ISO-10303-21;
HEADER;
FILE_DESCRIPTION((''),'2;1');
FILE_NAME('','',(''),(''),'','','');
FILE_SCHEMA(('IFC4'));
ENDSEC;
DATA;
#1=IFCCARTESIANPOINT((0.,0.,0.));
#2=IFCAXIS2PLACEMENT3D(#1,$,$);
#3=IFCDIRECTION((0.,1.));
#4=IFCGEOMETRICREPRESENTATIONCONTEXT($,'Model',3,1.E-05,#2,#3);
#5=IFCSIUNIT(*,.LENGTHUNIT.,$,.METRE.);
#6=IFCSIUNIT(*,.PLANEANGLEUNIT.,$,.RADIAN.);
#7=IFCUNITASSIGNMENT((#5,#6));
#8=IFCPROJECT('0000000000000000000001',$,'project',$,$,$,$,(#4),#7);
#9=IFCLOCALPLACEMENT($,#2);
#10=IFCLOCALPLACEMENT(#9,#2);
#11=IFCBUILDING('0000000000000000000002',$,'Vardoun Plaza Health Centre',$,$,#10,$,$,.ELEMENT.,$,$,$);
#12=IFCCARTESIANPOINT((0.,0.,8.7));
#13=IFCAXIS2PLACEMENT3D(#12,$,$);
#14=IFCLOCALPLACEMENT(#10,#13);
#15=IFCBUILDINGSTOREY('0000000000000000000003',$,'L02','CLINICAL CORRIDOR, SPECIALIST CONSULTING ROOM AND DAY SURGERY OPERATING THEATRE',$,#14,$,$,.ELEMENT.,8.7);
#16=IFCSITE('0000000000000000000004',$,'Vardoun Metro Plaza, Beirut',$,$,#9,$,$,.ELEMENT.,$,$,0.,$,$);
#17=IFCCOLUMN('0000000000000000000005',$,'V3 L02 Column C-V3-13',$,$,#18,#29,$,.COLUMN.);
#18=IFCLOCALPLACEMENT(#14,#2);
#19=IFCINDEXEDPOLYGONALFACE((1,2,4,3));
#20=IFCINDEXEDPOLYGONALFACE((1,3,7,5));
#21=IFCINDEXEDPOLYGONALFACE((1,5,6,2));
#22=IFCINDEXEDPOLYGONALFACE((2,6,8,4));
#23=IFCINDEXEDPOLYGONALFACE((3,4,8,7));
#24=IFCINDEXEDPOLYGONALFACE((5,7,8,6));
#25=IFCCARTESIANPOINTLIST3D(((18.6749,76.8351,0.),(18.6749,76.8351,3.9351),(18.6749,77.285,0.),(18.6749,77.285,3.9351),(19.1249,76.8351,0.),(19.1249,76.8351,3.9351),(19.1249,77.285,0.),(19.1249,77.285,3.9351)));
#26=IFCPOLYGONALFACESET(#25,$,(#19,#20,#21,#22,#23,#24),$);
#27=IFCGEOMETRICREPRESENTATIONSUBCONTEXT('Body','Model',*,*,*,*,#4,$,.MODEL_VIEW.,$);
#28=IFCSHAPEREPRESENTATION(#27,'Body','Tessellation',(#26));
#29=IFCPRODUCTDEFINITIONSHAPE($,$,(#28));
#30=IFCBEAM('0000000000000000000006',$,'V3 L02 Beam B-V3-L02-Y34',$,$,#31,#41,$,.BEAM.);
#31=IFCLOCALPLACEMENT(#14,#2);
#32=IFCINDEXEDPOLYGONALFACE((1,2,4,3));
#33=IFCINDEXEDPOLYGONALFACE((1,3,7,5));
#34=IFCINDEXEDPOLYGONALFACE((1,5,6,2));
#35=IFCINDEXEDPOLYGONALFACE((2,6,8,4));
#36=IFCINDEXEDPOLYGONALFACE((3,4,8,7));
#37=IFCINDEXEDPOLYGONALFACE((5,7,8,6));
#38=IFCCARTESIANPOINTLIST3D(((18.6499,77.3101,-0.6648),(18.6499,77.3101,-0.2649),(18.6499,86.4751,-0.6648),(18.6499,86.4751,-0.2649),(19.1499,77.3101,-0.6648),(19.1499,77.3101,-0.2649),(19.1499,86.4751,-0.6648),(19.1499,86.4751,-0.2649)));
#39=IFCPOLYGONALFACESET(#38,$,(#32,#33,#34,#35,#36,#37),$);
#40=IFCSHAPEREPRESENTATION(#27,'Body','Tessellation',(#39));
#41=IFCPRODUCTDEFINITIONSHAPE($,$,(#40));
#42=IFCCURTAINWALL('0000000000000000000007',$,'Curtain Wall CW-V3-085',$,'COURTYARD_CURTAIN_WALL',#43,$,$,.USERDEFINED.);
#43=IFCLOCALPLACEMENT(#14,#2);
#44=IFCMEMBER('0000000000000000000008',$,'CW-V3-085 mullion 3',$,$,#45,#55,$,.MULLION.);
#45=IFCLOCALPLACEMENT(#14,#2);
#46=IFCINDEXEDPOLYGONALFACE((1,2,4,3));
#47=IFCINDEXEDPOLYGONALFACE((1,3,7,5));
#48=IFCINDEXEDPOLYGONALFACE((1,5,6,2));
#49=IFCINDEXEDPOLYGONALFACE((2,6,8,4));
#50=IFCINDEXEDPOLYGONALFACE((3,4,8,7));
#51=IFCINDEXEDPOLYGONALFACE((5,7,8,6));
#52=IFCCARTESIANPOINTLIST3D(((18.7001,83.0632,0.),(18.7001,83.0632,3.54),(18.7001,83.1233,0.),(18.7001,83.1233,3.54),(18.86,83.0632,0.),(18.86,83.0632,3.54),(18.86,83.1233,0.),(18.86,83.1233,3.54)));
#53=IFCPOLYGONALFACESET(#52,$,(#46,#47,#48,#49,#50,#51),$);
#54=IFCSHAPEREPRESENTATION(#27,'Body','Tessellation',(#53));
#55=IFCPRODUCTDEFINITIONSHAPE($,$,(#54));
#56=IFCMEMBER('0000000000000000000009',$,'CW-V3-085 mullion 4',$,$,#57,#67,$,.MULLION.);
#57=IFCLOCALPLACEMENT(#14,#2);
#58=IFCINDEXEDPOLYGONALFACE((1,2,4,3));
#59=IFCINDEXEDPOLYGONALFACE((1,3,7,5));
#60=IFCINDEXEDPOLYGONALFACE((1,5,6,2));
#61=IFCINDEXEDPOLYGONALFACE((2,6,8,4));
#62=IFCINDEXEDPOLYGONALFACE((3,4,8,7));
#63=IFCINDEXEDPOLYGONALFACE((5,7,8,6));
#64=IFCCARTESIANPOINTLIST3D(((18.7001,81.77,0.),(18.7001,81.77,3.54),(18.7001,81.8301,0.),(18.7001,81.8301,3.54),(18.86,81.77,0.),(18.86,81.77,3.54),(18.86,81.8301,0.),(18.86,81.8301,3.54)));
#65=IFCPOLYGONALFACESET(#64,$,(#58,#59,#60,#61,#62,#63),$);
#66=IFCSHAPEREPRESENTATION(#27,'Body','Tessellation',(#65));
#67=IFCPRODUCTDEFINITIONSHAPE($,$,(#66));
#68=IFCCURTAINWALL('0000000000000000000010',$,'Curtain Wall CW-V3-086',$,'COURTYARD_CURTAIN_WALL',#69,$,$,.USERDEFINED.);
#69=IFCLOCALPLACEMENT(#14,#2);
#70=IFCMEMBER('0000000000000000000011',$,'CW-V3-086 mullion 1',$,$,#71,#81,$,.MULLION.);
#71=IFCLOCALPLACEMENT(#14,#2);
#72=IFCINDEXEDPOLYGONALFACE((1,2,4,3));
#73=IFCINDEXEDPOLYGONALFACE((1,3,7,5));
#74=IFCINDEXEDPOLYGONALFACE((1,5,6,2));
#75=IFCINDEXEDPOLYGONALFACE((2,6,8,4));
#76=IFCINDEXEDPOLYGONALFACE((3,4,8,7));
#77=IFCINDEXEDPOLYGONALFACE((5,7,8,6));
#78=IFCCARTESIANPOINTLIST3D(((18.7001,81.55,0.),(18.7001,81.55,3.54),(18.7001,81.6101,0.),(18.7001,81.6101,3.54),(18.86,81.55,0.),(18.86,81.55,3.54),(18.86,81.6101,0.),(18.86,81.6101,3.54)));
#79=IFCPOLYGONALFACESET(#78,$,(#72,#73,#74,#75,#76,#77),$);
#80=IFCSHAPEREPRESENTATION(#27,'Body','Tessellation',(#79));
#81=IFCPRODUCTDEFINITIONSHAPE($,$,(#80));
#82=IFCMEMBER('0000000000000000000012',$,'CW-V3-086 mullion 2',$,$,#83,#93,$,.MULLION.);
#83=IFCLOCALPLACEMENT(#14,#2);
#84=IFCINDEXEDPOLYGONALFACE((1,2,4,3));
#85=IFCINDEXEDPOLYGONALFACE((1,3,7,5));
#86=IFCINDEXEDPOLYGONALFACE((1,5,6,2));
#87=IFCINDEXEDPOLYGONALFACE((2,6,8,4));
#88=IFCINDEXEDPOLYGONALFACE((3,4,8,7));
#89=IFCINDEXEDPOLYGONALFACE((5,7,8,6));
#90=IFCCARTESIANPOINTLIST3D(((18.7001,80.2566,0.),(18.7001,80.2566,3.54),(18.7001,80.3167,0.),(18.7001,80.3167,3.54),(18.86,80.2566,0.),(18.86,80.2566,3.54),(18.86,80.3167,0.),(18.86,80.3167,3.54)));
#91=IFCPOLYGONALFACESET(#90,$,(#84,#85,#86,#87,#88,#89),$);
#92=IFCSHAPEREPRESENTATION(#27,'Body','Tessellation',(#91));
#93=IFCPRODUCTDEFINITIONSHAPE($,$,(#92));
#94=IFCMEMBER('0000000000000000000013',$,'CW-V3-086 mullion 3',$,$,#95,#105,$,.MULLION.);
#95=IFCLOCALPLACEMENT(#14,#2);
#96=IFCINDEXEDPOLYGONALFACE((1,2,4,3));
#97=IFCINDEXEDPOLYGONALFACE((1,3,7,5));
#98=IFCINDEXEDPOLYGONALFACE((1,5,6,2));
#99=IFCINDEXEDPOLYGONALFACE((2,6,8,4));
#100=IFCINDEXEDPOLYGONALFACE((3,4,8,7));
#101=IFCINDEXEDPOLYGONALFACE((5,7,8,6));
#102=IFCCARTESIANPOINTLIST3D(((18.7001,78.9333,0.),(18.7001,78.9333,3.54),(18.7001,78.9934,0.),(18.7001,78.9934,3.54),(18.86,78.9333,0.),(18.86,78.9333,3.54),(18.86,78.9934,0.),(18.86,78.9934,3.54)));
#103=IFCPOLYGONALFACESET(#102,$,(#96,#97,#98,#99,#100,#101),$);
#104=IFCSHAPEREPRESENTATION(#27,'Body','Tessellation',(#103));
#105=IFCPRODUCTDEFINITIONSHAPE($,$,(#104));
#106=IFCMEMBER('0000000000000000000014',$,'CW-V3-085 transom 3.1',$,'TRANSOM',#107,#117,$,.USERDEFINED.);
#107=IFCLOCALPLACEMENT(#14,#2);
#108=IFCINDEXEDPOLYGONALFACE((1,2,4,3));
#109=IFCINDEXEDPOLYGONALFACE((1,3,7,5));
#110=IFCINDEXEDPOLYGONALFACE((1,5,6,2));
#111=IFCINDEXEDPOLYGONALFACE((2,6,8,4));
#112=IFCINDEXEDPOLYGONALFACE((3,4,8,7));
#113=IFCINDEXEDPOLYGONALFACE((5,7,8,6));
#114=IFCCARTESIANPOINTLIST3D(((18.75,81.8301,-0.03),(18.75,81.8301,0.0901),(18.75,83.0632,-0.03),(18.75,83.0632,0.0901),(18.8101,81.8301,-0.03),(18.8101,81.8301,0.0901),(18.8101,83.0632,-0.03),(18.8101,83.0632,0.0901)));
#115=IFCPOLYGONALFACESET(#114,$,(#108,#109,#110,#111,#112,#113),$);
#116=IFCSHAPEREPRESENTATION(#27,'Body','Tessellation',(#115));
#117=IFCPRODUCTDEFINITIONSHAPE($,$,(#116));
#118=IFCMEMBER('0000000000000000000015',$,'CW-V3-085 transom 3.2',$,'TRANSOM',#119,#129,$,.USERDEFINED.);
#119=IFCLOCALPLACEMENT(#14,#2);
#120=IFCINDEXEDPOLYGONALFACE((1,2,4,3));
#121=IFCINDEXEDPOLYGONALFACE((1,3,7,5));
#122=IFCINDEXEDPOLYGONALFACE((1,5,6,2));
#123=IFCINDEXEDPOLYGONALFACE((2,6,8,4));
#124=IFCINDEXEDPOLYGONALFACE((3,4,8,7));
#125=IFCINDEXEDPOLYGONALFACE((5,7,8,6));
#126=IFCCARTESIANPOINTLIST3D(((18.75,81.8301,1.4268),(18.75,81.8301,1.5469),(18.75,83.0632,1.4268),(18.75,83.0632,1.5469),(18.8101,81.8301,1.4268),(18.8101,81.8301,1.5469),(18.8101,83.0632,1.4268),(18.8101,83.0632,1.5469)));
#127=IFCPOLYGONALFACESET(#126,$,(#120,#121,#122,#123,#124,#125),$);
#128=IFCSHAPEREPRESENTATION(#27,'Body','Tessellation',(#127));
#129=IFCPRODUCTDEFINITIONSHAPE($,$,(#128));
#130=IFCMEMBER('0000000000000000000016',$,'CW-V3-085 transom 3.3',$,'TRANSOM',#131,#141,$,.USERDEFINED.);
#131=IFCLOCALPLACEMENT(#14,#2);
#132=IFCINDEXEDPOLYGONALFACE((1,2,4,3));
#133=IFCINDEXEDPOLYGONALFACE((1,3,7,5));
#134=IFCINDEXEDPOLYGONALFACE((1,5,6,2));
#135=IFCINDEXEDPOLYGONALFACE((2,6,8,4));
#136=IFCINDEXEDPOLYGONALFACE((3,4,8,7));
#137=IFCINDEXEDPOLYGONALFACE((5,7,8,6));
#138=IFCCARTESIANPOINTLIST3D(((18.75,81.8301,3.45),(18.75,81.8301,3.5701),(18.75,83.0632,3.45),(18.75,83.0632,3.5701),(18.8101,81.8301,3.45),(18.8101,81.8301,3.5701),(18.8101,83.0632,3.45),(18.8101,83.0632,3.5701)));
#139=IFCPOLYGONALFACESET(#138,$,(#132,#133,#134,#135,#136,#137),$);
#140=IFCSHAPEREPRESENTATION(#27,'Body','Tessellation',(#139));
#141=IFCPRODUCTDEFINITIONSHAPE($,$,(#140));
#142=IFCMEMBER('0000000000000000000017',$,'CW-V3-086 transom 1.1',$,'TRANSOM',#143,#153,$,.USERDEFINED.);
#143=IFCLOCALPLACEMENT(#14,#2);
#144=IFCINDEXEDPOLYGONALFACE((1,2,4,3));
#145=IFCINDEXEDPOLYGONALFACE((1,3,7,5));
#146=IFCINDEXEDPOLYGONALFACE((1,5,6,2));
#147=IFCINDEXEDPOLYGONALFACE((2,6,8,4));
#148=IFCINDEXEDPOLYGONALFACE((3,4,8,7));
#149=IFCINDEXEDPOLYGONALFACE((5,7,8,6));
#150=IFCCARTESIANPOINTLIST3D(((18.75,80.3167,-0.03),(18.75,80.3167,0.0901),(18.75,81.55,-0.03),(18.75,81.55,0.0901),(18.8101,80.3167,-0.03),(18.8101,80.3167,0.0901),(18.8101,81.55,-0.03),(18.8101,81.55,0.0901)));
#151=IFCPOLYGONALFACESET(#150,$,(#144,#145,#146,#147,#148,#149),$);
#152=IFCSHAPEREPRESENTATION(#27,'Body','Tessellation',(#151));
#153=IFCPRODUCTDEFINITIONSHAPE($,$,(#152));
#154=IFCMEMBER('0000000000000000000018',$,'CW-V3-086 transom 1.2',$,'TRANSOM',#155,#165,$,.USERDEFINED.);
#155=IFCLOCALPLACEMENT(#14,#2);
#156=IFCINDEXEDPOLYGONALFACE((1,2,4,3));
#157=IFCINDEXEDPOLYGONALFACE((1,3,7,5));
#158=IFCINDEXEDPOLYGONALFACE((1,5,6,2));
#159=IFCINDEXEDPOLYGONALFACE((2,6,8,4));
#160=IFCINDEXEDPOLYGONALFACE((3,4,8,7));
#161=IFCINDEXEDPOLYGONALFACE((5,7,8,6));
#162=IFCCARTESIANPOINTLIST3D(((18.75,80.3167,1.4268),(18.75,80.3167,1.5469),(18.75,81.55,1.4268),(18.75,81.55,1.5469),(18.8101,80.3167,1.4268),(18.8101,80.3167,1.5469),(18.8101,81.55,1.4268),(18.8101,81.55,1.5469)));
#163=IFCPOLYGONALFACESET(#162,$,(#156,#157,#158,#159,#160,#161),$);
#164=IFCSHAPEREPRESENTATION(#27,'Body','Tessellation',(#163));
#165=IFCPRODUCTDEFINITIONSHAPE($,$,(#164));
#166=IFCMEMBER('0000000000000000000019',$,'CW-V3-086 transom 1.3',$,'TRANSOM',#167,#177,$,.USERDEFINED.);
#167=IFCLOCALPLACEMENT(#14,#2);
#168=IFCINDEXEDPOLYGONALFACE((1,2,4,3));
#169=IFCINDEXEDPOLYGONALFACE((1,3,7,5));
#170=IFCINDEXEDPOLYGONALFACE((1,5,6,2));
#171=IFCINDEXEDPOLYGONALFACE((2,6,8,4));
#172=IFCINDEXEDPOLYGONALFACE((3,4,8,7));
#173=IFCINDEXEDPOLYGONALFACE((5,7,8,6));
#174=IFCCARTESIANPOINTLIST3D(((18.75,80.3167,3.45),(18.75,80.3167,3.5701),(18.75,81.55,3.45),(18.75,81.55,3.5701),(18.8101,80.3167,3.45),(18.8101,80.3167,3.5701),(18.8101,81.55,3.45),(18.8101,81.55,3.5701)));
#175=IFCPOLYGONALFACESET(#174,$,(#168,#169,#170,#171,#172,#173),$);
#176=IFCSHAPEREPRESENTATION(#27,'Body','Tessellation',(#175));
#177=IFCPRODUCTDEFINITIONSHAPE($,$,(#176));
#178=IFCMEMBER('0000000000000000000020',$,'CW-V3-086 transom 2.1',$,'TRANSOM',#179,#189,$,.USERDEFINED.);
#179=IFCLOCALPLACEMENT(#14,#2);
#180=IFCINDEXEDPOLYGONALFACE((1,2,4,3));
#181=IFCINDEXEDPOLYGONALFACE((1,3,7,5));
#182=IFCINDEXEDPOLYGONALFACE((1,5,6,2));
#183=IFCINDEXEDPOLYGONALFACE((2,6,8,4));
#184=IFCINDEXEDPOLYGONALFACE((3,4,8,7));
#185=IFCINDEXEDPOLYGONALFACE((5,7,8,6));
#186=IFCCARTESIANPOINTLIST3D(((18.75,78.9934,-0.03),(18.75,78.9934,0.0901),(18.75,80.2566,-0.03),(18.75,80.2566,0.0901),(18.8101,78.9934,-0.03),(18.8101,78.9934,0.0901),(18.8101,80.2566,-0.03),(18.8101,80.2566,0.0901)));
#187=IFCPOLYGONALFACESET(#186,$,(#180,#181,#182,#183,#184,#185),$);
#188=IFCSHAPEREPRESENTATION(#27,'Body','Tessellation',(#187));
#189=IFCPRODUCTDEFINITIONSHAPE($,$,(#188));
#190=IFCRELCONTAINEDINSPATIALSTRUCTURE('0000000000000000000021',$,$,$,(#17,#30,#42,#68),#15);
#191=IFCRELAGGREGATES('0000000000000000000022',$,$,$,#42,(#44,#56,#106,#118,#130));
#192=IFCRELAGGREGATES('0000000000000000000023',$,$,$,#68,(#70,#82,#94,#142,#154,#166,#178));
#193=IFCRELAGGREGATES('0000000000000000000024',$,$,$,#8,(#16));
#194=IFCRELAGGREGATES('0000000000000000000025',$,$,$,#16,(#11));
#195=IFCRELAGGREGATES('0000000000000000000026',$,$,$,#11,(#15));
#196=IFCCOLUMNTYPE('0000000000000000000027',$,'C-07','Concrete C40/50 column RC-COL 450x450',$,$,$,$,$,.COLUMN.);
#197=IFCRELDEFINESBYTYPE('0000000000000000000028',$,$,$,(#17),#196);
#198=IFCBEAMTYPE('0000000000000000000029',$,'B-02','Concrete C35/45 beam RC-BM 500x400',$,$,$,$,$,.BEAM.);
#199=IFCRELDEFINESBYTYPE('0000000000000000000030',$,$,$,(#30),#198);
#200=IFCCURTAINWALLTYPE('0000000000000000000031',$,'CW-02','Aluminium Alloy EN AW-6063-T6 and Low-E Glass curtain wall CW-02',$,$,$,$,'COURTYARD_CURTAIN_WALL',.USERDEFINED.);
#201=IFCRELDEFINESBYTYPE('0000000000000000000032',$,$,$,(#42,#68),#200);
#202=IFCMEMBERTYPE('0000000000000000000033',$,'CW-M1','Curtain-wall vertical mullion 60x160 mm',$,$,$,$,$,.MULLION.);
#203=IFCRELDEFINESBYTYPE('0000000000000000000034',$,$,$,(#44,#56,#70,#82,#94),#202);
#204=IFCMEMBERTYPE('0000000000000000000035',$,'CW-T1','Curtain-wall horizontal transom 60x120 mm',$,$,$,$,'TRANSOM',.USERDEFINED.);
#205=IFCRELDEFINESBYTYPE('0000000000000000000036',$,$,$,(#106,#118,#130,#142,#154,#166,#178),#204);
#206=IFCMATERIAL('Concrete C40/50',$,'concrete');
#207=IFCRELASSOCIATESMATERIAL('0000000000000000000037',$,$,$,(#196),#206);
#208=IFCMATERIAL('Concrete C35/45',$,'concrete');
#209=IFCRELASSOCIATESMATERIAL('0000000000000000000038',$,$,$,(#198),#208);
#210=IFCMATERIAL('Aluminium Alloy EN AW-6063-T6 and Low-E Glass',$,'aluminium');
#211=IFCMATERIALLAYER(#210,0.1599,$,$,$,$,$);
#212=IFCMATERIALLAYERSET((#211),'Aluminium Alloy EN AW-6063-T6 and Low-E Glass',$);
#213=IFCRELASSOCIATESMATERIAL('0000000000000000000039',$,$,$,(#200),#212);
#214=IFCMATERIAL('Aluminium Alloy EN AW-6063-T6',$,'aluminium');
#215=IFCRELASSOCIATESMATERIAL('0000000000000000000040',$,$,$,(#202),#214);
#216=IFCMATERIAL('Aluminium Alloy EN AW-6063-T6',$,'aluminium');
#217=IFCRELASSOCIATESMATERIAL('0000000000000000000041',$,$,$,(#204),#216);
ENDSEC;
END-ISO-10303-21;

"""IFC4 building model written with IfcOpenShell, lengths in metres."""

from ifc_helpers import new_model, si_unit, direction, frame, origin, origin_2d, place, context, subcontext, project, spatial, rectangle, extrude, material, layer, layer_set, material_profile, profile_set, type_object, element, aggregate, save


model = new_model("IFC4")

# Units and contexts
model_context = context("Model", 3, precision=1e-05, world=origin(), true_north=direction((0.0, 1.0)))
body_context = subcontext(model_context, "Body", "Model", "MODEL_VIEW")
ifc_project = project(units=[si_unit("LENGTHUNIT", "METRE"), si_unit("PLANEANGLEUNIT", "RADIAN")], contexts=[model_context])

# Site, building, storey
site_placement = place(None, origin())
site = spatial("IfcSite", under=ifc_project, at=site_placement, Name="Vardoun Metro Plaza, Beirut", CompositionType="ELEMENT", RefElevation=0.0)
building_placement = place(site_placement, origin())
building = spatial("IfcBuilding", under=site, at=building_placement, Name="Vardoun Plaza Health Centre", CompositionType="ELEMENT")
storey_placement = place(building_placement, frame((0.0, 0.0, 8.7)))
storey = spatial("IfcBuildingStorey", under=building, at=storey_placement, Name="L02", Description="CLINICAL CORRIDOR, SPECIALIST CONSULTING ROOM AND DAY SURGERY OPERATING THEATRE", CompositionType="ELEMENT", Elevation=8.7)

# Column
ifc_material_1 = material(Name="Concrete C40/50", Category="concrete")
ifc_material_profile_1 = material_profile(ifc_material_1, rectangle(XDim=0.45, YDim=0.45, at=origin_2d()), Name="RC-COL 450x450")
ifc_profile_set_1 = profile_set([ifc_material_profile_1], Name="Concrete C40/50")
column_type = type_object("IfcColumnType", Name="C-07", Description="Concrete C40/50 column RC-COL 450x450", PredefinedType="COLUMN", material=ifc_profile_set_1)
column_placement = place(storey_placement, frame((18.8999, 77.0601, 0.0), z_axis=(0.0, 0.0, 1.0), x_axis=(1.0, 0.0, 0.0)))
element("IfcColumn", 1, at=column_placement, inside=storey, type_object=column_type, Name="V3 L02 Column C-V3-13", PredefinedType="COLUMN", context=body_context, shape_type="SweptSolid", body=[
    extrude(rectangle(XDim=0.45, YDim=0.45, at=origin_2d()), origin(), (0.0, 0.0, 1.0), 3.9351),
])

# Beam
ifc_material_2 = material(Name="Concrete C35/45", Category="concrete")
ifc_material_profile_2 = material_profile(ifc_material_2, rectangle(XDim=0.5, YDim=0.3999, at=origin_2d()), Name="RC-BM 500x400")
ifc_profile_set_2 = profile_set([ifc_material_profile_2], Name="Concrete C35/45")
beam_type = type_object("IfcBeamType", Name="B-02", Description="Concrete C35/45 beam RC-BM 500x400", PredefinedType="BEAM", material=ifc_profile_set_2)
beam_placement = place(storey_placement, frame((18.8999, 77.3101, -0.4648), z_axis=(0.0, 1.0, 0.0), x_axis=(-1.0, 0.0, 0.0)))
element("IfcBeam", 2, at=beam_placement, inside=storey, type_object=beam_type, Name="V3 L02 Beam B-V3-L02-Y34", PredefinedType="BEAM", context=body_context, shape_type="SweptSolid", body=[
    extrude(rectangle(XDim=0.5, YDim=0.3999, at=origin_2d()), origin(), (0.0, 0.0, 1.0), 9.165),
])

# Curtain walls, members
ifc_material_3 = material(Name="Aluminium Alloy EN AW-6063-T6 and Low-E Glass", Category="aluminium")
ifc_layer_1 = layer(ifc_material_3, 0.1599)
ifc_layer_set_1 = layer_set([ifc_layer_1], Name="Aluminium Alloy EN AW-6063-T6 and Low-E Glass")
curtain_wall_type = type_object("IfcCurtainWallType", Name="CW-02", Description="Aluminium Alloy EN AW-6063-T6 and Low-E Glass curtain wall CW-02", ElementType="COURTYARD_CURTAIN_WALL", PredefinedType="USERDEFINED", material=ifc_layer_set_1)
curtain_wall_1_placement = place(storey_placement, origin())
curtain_wall_1 = element("IfcCurtainWall", 3, at=curtain_wall_1_placement, inside=storey, type_object=curtain_wall_type, Name="Curtain Wall CW-V3-085", ObjectType="COURTYARD_CURTAIN_WALL", PredefinedType="USERDEFINED")
ifc_material_4 = material(Name="Aluminium Alloy EN AW-6063-T6", Category="aluminium")
ifc_material_profile_3 = material_profile(ifc_material_4, rectangle(XDim=0.1599, YDim=0.0601, at=origin_2d()), Name="CWM 60x160")
ifc_profile_set_3 = profile_set([ifc_material_profile_3], Name="Aluminium Alloy EN AW-6063-T6")
member_type_1 = type_object("IfcMemberType", Name="CW-M1", Description="Curtain-wall vertical mullion 60x160 mm", PredefinedType="MULLION", material=ifc_profile_set_3)
member_1_placement = place(storey_placement, frame((18.78, 83.0933, 0.0), z_axis=(0.0, 0.0, 1.0), x_axis=(1.0, 0.0, 0.0)))
member_1 = element("IfcMember", 4, at=member_1_placement, type_object=member_type_1, Name="CW-V3-085 mullion 3", PredefinedType="MULLION", context=body_context, shape_type="SweptSolid", body=[
    extrude(rectangle(XDim=0.1599, YDim=0.0601, at=origin_2d()), origin(), (0.0, 0.0, 1.0), 3.54),
])
member_2_placement = place(storey_placement, frame((18.78, 81.8, 0.0), z_axis=(0.0, 0.0, 1.0), x_axis=(1.0, 0.0, 0.0)))
member_2 = element("IfcMember", 5, at=member_2_placement, type_object=member_type_1, Name="CW-V3-085 mullion 4", PredefinedType="MULLION", context=body_context, shape_type="SweptSolid", body=[
    extrude(rectangle(XDim=0.1599, YDim=0.0601, at=origin_2d()), origin(), (0.0, 0.0, 1.0), 3.54),
])
curtain_wall_2_placement = place(storey_placement, origin())
curtain_wall_2 = element("IfcCurtainWall", 6, at=curtain_wall_2_placement, inside=storey, type_object=curtain_wall_type, Name="Curtain Wall CW-V3-086", ObjectType="COURTYARD_CURTAIN_WALL", PredefinedType="USERDEFINED")
member_3_placement = place(storey_placement, frame((18.78, 81.5801, 0.0), z_axis=(0.0, 0.0, 1.0), x_axis=(1.0, 0.0, 0.0)))
member_3 = element("IfcMember", 7, at=member_3_placement, type_object=member_type_1, Name="CW-V3-086 mullion 1", PredefinedType="MULLION", context=body_context, shape_type="SweptSolid", body=[
    extrude(rectangle(XDim=0.1599, YDim=0.0601, at=origin_2d()), origin(), (0.0, 0.0, 1.0), 3.54),
])
member_4_placement = place(storey_placement, frame((18.78, 80.2866, 0.0), z_axis=(0.0, 0.0, 1.0), x_axis=(1.0, 0.0, 0.0)))
member_4 = element("IfcMember", 8, at=member_4_placement, type_object=member_type_1, Name="CW-V3-086 mullion 2", PredefinedType="MULLION", context=body_context, shape_type="SweptSolid", body=[
    extrude(rectangle(XDim=0.1599, YDim=0.0601, at=origin_2d()), origin(), (0.0, 0.0, 1.0), 3.54),
])
member_5_placement = place(storey_placement, frame((18.78, 78.9634, 0.0), z_axis=(0.0, 0.0, 1.0), x_axis=(1.0, 0.0, 0.0)))
member_5 = element("IfcMember", 9, at=member_5_placement, type_object=member_type_1, Name="CW-V3-086 mullion 3", PredefinedType="MULLION", context=body_context, shape_type="SweptSolid", body=[
    extrude(rectangle(XDim=0.1599, YDim=0.0601, at=origin_2d()), origin(), (0.0, 0.0, 1.0), 3.54),
])

# Members
ifc_material_5 = material(Name="Aluminium Alloy EN AW-6063-T6", Category="aluminium")
ifc_material_profile_4 = material_profile(ifc_material_5, rectangle(XDim=0.0601, YDim=0.1201, at=origin_2d()), Name="CWT 60x120")
ifc_profile_set_4 = profile_set([ifc_material_profile_4], Name="Aluminium Alloy EN AW-6063-T6")
member_type_2 = type_object("IfcMemberType", Name="CW-T1", Description="Curtain-wall horizontal transom 60x120 mm", ElementType="TRANSOM", PredefinedType="USERDEFINED", material=ifc_profile_set_4)
member_6_placement = place(storey_placement, frame((18.78, 83.0632, 0.03), z_axis=(0.0, -1.0, 0.0), x_axis=(1.0, 0.0, 0.0)))
member_6 = element("IfcMember", 10, at=member_6_placement, type_object=member_type_2, Name="CW-V3-085 transom 3.1", ObjectType="TRANSOM", PredefinedType="USERDEFINED", context=body_context, shape_type="SweptSolid", body=[
    extrude(rectangle(XDim=0.0601, YDim=0.1201, at=origin_2d()), origin(), (0.0, 0.0, 1.0), 1.2332),
])
member_7_placement = place(storey_placement, frame((18.78, 83.0632, 1.4868), z_axis=(0.0, -1.0, 0.0), x_axis=(1.0, 0.0, 0.0)))
member_7 = element("IfcMember", 11, at=member_7_placement, type_object=member_type_2, Name="CW-V3-085 transom 3.2", ObjectType="TRANSOM", PredefinedType="USERDEFINED", context=body_context, shape_type="SweptSolid", body=[
    extrude(rectangle(XDim=0.0601, YDim=0.1201, at=origin_2d()), origin(), (0.0, 0.0, 1.0), 1.2332),
])
member_8_placement = place(storey_placement, frame((18.78, 83.0632, 3.51), z_axis=(0.0, -1.0, 0.0), x_axis=(1.0, 0.0, 0.0)))
member_8 = element("IfcMember", 12, at=member_8_placement, type_object=member_type_2, Name="CW-V3-085 transom 3.3", ObjectType="TRANSOM", PredefinedType="USERDEFINED", context=body_context, shape_type="SweptSolid", body=[
    extrude(rectangle(XDim=0.0601, YDim=0.1201, at=origin_2d()), origin(), (0.0, 0.0, 1.0), 1.2332),
])
member_9_placement = place(storey_placement, frame((18.78, 81.55, 0.03), z_axis=(0.0, -1.0, 0.0), x_axis=(1.0, 0.0, 0.0)))
member_9 = element("IfcMember", 13, at=member_9_placement, type_object=member_type_2, Name="CW-V3-086 transom 1.1", ObjectType="TRANSOM", PredefinedType="USERDEFINED", context=body_context, shape_type="SweptSolid", body=[
    extrude(rectangle(XDim=0.0601, YDim=0.1201, at=origin_2d()), origin(), (0.0, 0.0, 1.0), 1.2334),
])
member_10_placement = place(storey_placement, frame((18.78, 81.55, 1.4868), z_axis=(0.0, -1.0, 0.0), x_axis=(1.0, 0.0, 0.0)))
member_10 = element("IfcMember", 14, at=member_10_placement, type_object=member_type_2, Name="CW-V3-086 transom 1.2", ObjectType="TRANSOM", PredefinedType="USERDEFINED", context=body_context, shape_type="SweptSolid", body=[
    extrude(rectangle(XDim=0.0601, YDim=0.1201, at=origin_2d()), origin(), (0.0, 0.0, 1.0), 1.2334),
])
member_11_placement = place(storey_placement, frame((18.78, 81.55, 3.51), z_axis=(0.0, -1.0, 0.0), x_axis=(1.0, 0.0, 0.0)))
member_11 = element("IfcMember", 15, at=member_11_placement, type_object=member_type_2, Name="CW-V3-086 transom 1.3", ObjectType="TRANSOM", PredefinedType="USERDEFINED", context=body_context, shape_type="SweptSolid", body=[
    extrude(rectangle(XDim=0.0601, YDim=0.1201, at=origin_2d()), origin(), (0.0, 0.0, 1.0), 1.2334),
])
member_12_placement = place(storey_placement, frame((18.78, 80.2566, 0.03), z_axis=(0.0, -1.0, 0.0), x_axis=(1.0, 0.0, 0.0)))
member_12 = element("IfcMember", 16, at=member_12_placement, type_object=member_type_2, Name="CW-V3-086 transom 2.1", ObjectType="TRANSOM", PredefinedType="USERDEFINED", context=body_context, shape_type="SweptSolid", body=[
    extrude(rectangle(XDim=0.0601, YDim=0.1201, at=origin_2d()), origin(), (0.0, 0.0, 1.0), 1.2632),
])

aggregate(curtain_wall_1, [member_1, member_2, member_6, member_7, member_8])
aggregate(curtain_wall_2, [member_3, member_4, member_5, member_9, member_10, member_11, member_12])

save(model, "model.ifc")
